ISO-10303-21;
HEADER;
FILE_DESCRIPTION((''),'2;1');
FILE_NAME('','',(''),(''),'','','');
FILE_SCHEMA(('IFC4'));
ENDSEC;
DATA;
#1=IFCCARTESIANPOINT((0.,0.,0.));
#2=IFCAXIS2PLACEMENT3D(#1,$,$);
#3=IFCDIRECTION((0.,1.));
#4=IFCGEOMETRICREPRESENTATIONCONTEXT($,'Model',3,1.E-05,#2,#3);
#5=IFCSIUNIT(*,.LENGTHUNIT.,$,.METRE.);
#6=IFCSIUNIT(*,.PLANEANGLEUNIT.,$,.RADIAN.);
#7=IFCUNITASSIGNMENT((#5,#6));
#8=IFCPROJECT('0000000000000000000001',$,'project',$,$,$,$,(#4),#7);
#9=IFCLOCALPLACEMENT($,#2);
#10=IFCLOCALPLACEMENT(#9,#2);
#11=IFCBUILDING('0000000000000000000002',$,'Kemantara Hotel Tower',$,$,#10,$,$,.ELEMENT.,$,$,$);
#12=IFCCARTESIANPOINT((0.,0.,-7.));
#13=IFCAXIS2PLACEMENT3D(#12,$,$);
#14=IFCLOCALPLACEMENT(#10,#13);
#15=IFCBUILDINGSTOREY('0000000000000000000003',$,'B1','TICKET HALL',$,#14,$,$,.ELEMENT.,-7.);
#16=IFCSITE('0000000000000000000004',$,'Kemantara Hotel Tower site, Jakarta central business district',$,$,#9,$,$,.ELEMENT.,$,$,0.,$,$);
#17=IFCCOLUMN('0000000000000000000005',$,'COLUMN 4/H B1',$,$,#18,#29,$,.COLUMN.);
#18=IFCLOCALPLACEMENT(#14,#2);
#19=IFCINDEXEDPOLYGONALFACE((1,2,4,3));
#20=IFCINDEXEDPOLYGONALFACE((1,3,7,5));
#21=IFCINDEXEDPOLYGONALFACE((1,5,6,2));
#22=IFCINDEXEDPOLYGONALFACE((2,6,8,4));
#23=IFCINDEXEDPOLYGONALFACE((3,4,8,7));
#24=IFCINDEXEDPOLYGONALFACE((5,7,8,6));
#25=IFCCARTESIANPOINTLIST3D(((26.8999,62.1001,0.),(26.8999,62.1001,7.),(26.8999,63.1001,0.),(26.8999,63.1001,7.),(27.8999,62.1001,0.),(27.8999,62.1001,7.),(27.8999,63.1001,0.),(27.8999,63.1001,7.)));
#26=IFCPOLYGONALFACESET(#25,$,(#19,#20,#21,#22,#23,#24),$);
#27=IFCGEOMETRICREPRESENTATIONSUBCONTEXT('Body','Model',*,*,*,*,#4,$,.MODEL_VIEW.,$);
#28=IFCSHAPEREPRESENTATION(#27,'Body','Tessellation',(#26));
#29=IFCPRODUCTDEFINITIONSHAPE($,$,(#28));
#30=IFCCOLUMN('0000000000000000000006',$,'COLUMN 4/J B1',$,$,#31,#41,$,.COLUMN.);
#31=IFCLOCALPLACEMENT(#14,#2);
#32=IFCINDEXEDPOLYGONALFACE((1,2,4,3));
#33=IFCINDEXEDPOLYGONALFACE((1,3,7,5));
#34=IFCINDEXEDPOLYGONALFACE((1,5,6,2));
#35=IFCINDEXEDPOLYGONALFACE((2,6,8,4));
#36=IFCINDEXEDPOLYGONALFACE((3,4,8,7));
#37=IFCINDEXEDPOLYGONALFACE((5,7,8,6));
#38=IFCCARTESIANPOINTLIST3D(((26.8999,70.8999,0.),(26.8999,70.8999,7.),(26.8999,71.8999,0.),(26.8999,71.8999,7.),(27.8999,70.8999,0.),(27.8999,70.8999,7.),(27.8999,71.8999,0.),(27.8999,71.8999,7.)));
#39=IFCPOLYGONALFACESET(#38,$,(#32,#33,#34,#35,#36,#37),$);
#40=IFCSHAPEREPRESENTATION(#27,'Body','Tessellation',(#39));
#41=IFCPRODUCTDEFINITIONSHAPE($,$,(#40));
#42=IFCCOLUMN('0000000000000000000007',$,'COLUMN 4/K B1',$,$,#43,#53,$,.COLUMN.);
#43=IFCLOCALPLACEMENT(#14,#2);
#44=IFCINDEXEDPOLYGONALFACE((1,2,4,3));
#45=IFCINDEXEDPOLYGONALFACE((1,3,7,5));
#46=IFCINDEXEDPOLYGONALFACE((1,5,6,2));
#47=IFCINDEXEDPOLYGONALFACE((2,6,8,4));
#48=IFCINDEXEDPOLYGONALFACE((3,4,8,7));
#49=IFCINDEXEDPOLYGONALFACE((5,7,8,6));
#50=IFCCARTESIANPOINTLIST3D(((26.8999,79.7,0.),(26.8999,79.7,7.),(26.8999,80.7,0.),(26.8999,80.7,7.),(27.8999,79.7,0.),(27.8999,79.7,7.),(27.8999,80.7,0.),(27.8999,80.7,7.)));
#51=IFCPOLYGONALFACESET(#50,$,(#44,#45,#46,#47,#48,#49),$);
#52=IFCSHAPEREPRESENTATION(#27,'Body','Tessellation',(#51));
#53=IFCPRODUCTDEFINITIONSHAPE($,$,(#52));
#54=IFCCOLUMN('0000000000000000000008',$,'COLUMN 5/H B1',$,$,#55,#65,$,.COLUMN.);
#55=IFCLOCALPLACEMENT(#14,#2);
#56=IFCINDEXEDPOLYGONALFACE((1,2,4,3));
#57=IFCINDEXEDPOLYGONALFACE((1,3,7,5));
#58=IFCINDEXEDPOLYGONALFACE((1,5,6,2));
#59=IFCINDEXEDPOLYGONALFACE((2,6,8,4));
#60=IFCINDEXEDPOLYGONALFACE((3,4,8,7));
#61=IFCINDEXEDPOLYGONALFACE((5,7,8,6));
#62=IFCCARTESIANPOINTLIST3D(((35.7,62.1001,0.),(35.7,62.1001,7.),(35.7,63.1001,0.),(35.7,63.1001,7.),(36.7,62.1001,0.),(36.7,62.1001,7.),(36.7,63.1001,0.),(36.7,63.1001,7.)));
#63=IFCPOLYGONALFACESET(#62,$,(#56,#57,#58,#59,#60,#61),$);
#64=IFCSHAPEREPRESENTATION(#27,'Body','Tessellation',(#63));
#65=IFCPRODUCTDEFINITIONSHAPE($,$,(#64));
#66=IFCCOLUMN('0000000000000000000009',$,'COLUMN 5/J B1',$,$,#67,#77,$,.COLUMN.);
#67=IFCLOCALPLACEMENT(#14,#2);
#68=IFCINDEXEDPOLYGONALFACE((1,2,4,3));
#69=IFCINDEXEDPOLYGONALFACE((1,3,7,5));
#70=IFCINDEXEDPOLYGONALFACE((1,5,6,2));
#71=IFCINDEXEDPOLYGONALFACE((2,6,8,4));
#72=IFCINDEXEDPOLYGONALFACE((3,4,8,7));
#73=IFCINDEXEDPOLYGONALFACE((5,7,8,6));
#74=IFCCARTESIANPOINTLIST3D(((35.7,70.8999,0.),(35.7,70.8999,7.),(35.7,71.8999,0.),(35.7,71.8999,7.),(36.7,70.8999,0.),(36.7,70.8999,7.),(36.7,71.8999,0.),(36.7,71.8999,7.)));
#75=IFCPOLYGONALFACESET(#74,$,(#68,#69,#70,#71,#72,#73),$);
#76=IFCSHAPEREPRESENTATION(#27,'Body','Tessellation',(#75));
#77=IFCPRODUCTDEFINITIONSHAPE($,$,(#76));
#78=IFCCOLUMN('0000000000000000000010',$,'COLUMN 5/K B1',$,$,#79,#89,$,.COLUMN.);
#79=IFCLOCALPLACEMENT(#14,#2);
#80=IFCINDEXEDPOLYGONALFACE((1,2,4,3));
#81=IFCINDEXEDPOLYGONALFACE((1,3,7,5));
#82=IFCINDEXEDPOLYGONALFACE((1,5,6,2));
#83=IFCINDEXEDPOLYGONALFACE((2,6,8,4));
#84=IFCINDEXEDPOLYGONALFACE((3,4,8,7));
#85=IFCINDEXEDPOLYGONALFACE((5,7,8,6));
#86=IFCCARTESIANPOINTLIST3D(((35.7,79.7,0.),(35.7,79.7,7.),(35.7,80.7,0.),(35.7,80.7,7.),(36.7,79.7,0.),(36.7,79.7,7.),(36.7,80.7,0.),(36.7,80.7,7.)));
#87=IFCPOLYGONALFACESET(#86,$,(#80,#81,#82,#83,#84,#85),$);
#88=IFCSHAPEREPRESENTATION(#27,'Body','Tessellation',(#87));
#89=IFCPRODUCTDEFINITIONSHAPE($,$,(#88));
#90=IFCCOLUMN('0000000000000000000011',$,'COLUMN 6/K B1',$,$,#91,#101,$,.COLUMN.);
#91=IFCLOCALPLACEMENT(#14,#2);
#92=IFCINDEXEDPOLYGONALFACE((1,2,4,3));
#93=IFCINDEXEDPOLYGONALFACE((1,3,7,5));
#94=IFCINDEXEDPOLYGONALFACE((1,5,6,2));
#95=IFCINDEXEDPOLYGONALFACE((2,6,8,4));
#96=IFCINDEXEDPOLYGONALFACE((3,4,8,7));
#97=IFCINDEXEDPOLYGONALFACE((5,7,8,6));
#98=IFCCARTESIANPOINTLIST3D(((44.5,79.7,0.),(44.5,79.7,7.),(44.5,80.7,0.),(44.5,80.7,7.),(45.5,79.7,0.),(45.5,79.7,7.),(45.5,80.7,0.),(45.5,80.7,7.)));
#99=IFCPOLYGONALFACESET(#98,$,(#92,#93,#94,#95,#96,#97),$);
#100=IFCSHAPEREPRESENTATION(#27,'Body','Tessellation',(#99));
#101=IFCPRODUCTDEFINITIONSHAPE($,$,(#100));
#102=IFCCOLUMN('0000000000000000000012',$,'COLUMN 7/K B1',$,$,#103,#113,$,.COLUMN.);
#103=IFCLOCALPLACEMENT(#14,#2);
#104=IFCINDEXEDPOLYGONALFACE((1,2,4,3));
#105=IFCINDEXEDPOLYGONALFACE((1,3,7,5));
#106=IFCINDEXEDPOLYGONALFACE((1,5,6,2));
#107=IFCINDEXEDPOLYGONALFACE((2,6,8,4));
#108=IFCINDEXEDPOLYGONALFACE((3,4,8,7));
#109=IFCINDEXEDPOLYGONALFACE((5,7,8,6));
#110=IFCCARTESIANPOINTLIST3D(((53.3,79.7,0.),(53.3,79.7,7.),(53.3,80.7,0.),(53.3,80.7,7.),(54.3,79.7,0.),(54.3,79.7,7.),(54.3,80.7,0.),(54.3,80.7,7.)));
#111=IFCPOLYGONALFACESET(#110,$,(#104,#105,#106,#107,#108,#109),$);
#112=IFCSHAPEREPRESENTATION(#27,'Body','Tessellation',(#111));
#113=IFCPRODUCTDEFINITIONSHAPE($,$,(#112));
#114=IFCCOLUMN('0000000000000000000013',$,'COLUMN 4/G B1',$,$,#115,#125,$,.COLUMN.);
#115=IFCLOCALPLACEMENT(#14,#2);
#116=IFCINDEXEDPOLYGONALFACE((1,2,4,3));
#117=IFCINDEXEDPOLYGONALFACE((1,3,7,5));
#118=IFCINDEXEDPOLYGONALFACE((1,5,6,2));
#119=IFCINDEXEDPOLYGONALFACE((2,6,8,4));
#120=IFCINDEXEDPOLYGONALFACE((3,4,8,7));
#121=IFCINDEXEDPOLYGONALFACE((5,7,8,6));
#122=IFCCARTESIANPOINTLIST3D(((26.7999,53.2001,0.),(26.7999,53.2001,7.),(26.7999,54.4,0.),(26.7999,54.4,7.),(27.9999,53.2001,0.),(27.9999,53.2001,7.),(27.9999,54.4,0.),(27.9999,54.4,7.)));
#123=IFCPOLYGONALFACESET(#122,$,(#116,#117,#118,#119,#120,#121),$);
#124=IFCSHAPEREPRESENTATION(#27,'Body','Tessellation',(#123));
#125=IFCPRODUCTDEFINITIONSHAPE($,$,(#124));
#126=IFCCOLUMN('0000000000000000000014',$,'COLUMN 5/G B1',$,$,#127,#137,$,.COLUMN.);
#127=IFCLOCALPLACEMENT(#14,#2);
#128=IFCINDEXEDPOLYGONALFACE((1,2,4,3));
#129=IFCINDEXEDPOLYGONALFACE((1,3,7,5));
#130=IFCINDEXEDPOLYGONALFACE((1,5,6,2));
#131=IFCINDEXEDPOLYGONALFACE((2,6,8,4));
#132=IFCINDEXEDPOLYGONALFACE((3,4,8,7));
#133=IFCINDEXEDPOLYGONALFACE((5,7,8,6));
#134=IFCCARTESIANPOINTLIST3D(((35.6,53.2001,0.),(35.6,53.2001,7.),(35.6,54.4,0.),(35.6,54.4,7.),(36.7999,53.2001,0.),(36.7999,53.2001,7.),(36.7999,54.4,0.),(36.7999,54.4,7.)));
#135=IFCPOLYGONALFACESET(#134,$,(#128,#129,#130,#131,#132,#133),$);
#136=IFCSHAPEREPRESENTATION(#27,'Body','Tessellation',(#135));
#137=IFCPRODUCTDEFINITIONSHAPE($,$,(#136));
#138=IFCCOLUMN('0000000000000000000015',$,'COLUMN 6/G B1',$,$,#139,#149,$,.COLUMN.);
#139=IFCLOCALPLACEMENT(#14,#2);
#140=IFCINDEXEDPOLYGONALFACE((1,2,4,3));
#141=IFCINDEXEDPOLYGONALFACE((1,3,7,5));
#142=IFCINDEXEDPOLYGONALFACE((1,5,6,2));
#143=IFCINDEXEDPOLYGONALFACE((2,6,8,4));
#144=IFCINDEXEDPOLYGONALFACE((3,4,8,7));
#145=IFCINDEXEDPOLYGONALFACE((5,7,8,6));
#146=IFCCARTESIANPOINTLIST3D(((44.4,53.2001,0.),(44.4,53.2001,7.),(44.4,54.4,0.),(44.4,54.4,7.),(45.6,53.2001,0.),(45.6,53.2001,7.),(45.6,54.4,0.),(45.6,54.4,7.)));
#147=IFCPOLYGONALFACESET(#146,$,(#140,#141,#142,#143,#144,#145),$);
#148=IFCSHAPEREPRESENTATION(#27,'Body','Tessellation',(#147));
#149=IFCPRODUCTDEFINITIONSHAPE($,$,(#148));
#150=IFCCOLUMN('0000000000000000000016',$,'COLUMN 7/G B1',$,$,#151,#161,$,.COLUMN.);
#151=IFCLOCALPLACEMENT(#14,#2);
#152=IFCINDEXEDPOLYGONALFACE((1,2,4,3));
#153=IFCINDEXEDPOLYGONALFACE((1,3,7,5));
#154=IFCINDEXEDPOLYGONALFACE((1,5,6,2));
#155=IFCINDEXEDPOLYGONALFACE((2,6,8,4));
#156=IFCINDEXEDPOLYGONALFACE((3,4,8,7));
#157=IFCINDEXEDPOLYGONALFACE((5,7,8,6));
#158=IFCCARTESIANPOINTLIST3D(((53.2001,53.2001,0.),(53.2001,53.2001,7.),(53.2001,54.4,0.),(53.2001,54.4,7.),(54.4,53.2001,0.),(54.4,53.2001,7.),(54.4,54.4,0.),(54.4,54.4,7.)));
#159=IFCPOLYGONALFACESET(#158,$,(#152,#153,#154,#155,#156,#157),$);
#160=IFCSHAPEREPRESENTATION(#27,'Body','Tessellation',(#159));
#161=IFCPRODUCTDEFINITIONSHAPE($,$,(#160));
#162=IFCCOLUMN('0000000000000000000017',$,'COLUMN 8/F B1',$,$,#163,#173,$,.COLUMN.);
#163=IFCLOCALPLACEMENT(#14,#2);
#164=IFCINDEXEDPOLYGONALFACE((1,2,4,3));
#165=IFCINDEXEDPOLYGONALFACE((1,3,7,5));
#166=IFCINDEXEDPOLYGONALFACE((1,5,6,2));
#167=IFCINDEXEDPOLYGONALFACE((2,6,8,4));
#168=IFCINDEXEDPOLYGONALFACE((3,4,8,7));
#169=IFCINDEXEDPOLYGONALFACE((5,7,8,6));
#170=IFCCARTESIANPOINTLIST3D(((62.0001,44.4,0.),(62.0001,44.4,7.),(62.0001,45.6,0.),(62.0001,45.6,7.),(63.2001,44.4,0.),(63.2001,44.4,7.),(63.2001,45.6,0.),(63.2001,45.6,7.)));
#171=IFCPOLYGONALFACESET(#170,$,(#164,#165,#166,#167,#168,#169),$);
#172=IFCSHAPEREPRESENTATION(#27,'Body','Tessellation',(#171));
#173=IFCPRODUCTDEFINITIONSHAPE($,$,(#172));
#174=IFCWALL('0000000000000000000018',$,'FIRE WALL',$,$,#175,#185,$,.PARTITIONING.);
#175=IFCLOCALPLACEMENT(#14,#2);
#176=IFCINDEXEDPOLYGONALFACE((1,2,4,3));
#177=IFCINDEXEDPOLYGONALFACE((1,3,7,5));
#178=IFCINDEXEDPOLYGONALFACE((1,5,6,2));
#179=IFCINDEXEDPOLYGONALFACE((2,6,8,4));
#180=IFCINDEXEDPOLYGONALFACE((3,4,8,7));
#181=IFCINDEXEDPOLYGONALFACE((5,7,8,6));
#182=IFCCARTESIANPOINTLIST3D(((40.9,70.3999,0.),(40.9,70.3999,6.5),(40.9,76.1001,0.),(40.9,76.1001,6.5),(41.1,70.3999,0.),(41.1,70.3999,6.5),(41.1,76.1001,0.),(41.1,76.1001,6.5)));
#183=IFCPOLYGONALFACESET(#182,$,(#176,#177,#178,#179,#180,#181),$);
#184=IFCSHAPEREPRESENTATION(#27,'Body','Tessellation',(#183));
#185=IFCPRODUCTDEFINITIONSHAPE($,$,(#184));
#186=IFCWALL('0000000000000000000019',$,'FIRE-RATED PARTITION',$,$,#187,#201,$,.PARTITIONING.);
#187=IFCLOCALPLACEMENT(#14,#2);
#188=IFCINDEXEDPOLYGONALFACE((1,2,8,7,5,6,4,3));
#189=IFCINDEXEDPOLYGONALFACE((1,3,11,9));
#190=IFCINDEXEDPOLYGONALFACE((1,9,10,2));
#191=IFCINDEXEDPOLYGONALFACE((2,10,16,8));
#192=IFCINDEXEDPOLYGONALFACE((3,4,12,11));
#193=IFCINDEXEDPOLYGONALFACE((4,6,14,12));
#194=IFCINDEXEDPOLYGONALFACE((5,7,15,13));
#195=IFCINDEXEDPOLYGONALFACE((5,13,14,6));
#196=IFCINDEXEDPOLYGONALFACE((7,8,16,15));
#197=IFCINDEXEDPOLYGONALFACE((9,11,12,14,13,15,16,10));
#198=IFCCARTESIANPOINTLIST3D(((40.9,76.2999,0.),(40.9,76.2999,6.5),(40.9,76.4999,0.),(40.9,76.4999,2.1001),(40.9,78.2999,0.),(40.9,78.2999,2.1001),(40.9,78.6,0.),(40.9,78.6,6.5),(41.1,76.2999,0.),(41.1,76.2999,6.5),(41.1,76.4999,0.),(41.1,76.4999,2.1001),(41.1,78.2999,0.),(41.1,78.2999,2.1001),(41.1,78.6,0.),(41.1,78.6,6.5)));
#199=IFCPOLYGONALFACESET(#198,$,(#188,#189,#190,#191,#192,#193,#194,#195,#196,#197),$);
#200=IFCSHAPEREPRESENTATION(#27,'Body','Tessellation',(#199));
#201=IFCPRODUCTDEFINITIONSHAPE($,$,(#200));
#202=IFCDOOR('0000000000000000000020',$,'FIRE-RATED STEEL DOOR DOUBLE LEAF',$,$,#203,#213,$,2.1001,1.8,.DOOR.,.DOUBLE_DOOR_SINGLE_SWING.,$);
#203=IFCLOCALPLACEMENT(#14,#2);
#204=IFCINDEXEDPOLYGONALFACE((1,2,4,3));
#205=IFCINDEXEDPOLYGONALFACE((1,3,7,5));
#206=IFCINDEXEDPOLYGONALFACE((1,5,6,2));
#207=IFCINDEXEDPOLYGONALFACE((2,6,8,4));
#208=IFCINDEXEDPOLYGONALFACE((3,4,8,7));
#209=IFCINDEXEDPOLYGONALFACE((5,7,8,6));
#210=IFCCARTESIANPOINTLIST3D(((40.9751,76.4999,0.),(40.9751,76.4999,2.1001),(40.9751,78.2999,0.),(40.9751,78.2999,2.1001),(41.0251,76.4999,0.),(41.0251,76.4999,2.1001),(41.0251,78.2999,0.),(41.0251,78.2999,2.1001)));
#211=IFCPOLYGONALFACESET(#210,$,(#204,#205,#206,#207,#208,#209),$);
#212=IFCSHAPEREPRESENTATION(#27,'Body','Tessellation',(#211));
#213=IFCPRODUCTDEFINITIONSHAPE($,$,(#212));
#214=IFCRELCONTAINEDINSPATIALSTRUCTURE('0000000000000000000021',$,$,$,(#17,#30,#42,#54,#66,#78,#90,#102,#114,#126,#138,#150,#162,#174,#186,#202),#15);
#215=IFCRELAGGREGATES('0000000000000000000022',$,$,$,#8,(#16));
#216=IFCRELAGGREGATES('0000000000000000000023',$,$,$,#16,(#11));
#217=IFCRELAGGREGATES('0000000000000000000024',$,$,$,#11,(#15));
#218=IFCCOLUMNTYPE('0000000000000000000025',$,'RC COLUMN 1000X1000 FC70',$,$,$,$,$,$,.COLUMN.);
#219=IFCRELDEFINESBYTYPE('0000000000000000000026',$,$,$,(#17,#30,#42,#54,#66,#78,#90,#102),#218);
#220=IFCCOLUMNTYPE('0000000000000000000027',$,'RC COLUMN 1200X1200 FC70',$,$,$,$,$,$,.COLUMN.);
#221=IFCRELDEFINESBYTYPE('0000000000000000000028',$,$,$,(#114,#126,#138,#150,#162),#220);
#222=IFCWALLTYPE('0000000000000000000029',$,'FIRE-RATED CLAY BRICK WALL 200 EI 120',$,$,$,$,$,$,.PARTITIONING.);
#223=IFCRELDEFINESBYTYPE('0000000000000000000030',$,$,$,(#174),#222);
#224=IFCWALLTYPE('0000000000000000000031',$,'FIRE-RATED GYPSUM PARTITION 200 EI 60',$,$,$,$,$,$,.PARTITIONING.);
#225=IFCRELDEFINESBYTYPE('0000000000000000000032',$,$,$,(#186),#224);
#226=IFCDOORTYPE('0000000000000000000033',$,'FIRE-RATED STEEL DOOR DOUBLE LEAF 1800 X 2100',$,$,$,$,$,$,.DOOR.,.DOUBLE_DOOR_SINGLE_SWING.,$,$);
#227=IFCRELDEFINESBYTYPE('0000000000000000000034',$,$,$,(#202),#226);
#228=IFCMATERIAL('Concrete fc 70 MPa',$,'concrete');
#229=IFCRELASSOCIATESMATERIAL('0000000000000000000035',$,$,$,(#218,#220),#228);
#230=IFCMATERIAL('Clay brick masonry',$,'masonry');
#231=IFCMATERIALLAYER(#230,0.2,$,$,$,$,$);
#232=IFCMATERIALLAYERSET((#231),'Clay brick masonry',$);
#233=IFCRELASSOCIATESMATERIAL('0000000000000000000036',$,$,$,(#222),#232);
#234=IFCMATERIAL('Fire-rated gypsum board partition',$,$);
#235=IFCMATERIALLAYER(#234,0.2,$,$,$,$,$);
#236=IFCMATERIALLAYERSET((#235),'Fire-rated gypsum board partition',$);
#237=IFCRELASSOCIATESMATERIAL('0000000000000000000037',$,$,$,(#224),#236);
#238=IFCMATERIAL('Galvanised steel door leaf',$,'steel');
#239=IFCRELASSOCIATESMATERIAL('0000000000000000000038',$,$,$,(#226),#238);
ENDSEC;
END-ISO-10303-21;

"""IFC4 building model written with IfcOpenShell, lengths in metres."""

from ifc_helpers import new_model, si_unit, direction, frame, frame_2d, origin, origin_2d, place, context, subcontext, project, spatial, rectangle, extrude, material, layer, layer_set, material_profile, profile_set, type_object, element, fill, save


model = new_model("IFC4")

# Units and contexts
model_context = context("Model", 3, precision=1e-05, world=origin(), true_north=direction((0.0, 1.0)))
body_context = subcontext(model_context, "Body", "Model", "MODEL_VIEW")
ifc_project = project(units=[si_unit("LENGTHUNIT", "METRE"), si_unit("PLANEANGLEUNIT", "RADIAN")], contexts=[model_context])

# Site, building, storey
site_placement = place(None, origin())
site = spatial("IfcSite", under=ifc_project, at=site_placement, Name="Kemantara Hotel Tower site, Jakarta central business district", CompositionType="ELEMENT", RefElevation=0.0)
building_placement = place(site_placement, origin())
building = spatial("IfcBuilding", under=site, at=building_placement, Name="Kemantara Hotel Tower", CompositionType="ELEMENT")
storey_placement = place(building_placement, frame((0.0, 0.0, -7.0)))
storey = spatial("IfcBuildingStorey", under=building, at=storey_placement, Name="B1", Description="TICKET HALL", CompositionType="ELEMENT", Elevation=-7.0)

# Columns
ifc_material_1 = material(Name="Concrete fc 70 MPa", Category="concrete")
ifc_material_profile_1 = material_profile(ifc_material_1, rectangle(XDim=1.0, YDim=1.0, at=origin_2d()), Name="RC 1000X1000")
ifc_profile_set_1 = profile_set([ifc_material_profile_1], Name="Concrete fc 70 MPa")
column_type_1 = type_object("IfcColumnType", Name="RC COLUMN 1000X1000 FC70", PredefinedType="COLUMN", material=ifc_profile_set_1)
for number, where, z_axis, x_axis, name in (
    (1, (27.3999, 62.6001, 0.0), (0.0, 0.0, 1.0), (1.0, 0.0, 0.0), "COLUMN 4/H B1"),
    (2, (27.3999, 71.3999, 0.0), (0.0, 0.0, 1.0), (1.0, 0.0, 0.0), "COLUMN 4/J B1"),
    (3, (27.3999, 80.2, 0.0), (0.0, 0.0, 1.0), (1.0, 0.0, 0.0), "COLUMN 4/K B1"),
    (4, (36.2, 62.6001, 0.0), (0.0, 0.0, 1.0), (1.0, 0.0, 0.0), "COLUMN 5/H B1"),
    (5, (36.2, 71.3999, 0.0), (0.0, 0.0, 1.0), (1.0, 0.0, 0.0), "COLUMN 5/J B1"),
    (6, (36.2, 80.2, 0.0), (0.0, 0.0, 1.0), (1.0, 0.0, 0.0), "COLUMN 5/K B1"),
    (7, (45.0, 80.2, 0.0), (0.0, 0.0, 1.0), (1.0, 0.0, 0.0), "COLUMN 6/K B1"),
    (8, (53.8, 80.2, 0.0), (0.0, 0.0, 1.0), (1.0, 0.0, 0.0), "COLUMN 7/K B1"),
):
    element("IfcColumn", number, at=place(storey_placement, frame(where, z_axis=z_axis, x_axis=x_axis)), inside=storey, type_object=column_type_1, Name=name, PredefinedType="COLUMN", context=body_context, shape_type="SweptSolid", body=[
        extrude(rectangle(XDim=1.0, YDim=1.0, at=origin_2d()), origin(), (0.0, 0.0, 1.0), 7.0),
    ])
ifc_material_profile_2 = material_profile(ifc_material_1, rectangle(XDim=1.2, YDim=1.2, at=origin_2d()), Name="RC 1200X1200")
ifc_profile_set_2 = profile_set([ifc_material_profile_2], Name="Concrete fc 70 MPa")
column_type_2 = type_object("IfcColumnType", Name="RC COLUMN 1200X1200 FC70", PredefinedType="COLUMN", material=ifc_profile_set_2)
for number, where, z_axis, x_axis, name in (
    (9, (27.3999, 53.8, 0.0), (0.0, 0.0, 1.0), (1.0, 0.0, 0.0), "COLUMN 4/G B1"),
    (10, (36.2, 53.8, 0.0), (0.0, 0.0, 1.0), (1.0, 0.0, 0.0), "COLUMN 5/G B1"),
    (11, (45.0, 53.8, 0.0), (0.0, 0.0, 1.0), (1.0, 0.0, 0.0), "COLUMN 6/G B1"),
    (12, (53.8, 53.8, 0.0), (0.0, 0.0, 1.0), (1.0, 0.0, 0.0), "COLUMN 7/G B1"),
    (13, (62.6001, 45.0, 0.0), (0.0, 0.0, 1.0), (1.0, 0.0, 0.0), "COLUMN 8/F B1"),
):
    element("IfcColumn", number, at=place(storey_placement, frame(where, z_axis=z_axis, x_axis=x_axis)), inside=storey, type_object=column_type_2, Name=name, PredefinedType="COLUMN", context=body_context, shape_type="SweptSolid", body=[
        extrude(rectangle(XDim=1.2, YDim=1.2, at=origin_2d()), origin(), (0.0, 0.0, 1.0), 7.0),
    ])

# Wall
ifc_material_2 = material(Name="Clay brick masonry", Category="masonry")
ifc_layer_1 = layer(ifc_material_2, 0.2)
ifc_layer_set_1 = layer_set([ifc_layer_1], Name="Clay brick masonry")
wall_type_1 = type_object("IfcWallType", Name="FIRE-RATED CLAY BRICK WALL 200 EI 120", PredefinedType="PARTITIONING", material=ifc_layer_set_1)
wall_1_placement = place(storey_placement, frame((41.0, 70.3999, 0.0), z_axis=(0.0, 0.0, 1.0), x_axis=(0.0, 1.0, 0.0)))
element("IfcWall", 14, at=wall_1_placement, inside=storey, type_object=wall_type_1, Name="FIRE WALL", PredefinedType="PARTITIONING", context=body_context, shape_type="SweptSolid", body=[
    extrude(rectangle(XDim=5.7002, YDim=0.2, at=frame_2d((2.8501, 0.0))), origin(), (0.0, 0.0, 1.0), 6.5),
])

# Wall, opening, door
ifc_material_3 = material(Name="Fire-rated gypsum board partition")
ifc_layer_2 = layer(ifc_material_3, 0.2)
ifc_layer_set_2 = layer_set([ifc_layer_2], Name="Fire-rated gypsum board partition")
wall_type_2 = type_object("IfcWallType", Name="FIRE-RATED GYPSUM PARTITION 200 EI 60", PredefinedType="PARTITIONING", material=ifc_layer_set_2)
wall_2_placement = place(storey_placement, frame((41.0, 76.3, 0.0), z_axis=(0.0, 0.0, 1.0), x_axis=(0.0, 1.0, 0.0)))
wall_2 = element("IfcWall", 15, at=wall_2_placement, inside=storey, type_object=wall_type_2, Name="FIRE-RATED PARTITION", PredefinedType="PARTITIONING", context=body_context, shape_type="SweptSolid", body=[
    extrude(rectangle(XDim=2.3, YDim=0.2, at=frame_2d((1.1499, 0.0))), origin(), (0.0, 0.0, 1.0), 6.5),
])
opening_1_placement = place(wall_2_placement, frame((0.2, 0.0, 0.0)))
opening_1 = element("IfcOpeningElement", 16, at=opening_1_placement, cuts=wall_2, PredefinedType="OPENING", context=body_context, shape_type="SweptSolid", body=[
    extrude(rectangle(XDim=1.8, YDim=2.1001, at=frame_2d((0.8999, 1.05))), frame((0.0, 0.1099, 0.0), z_axis=(0.0, -1.0, 0.0), x_axis=(1.0, 0.0, 0.0)), (0.0, 0.0, 1.0), 0.22),
])
ifc_material_4 = material(Name="Galvanised steel door leaf", Category="steel")
door_type_1 = type_object("IfcDoorType", Name="FIRE-RATED STEEL DOOR DOUBLE LEAF 1800 X 2100", OperationType="DOUBLE_DOOR_SINGLE_SWING", PredefinedType="DOOR", material=ifc_material_4)
door_1_placement = place(opening_1_placement, origin())
door_1 = element("IfcDoor", 17, at=door_1_placement, inside=storey, type_object=door_type_1, Name="FIRE-RATED STEEL DOOR DOUBLE LEAF", OperationType="DOUBLE_DOOR_SINGLE_SWING", OverallHeight=2.1001, OverallWidth=1.8, PredefinedType="DOOR", context=body_context, shape_type="SweptSolid", body=[
    extrude(rectangle(XDim=1.8, YDim=2.1001, at=frame_2d((0.8999, 1.05))), frame((0.0, 0.0249, 0.0), z_axis=(0.0, -1.0, 0.0), x_axis=(1.0, 0.0, 0.0)), (0.0, 0.0, 1.0), 0.05),
])
fill(opening_1, door_1)

save(model, "model.ifc")
